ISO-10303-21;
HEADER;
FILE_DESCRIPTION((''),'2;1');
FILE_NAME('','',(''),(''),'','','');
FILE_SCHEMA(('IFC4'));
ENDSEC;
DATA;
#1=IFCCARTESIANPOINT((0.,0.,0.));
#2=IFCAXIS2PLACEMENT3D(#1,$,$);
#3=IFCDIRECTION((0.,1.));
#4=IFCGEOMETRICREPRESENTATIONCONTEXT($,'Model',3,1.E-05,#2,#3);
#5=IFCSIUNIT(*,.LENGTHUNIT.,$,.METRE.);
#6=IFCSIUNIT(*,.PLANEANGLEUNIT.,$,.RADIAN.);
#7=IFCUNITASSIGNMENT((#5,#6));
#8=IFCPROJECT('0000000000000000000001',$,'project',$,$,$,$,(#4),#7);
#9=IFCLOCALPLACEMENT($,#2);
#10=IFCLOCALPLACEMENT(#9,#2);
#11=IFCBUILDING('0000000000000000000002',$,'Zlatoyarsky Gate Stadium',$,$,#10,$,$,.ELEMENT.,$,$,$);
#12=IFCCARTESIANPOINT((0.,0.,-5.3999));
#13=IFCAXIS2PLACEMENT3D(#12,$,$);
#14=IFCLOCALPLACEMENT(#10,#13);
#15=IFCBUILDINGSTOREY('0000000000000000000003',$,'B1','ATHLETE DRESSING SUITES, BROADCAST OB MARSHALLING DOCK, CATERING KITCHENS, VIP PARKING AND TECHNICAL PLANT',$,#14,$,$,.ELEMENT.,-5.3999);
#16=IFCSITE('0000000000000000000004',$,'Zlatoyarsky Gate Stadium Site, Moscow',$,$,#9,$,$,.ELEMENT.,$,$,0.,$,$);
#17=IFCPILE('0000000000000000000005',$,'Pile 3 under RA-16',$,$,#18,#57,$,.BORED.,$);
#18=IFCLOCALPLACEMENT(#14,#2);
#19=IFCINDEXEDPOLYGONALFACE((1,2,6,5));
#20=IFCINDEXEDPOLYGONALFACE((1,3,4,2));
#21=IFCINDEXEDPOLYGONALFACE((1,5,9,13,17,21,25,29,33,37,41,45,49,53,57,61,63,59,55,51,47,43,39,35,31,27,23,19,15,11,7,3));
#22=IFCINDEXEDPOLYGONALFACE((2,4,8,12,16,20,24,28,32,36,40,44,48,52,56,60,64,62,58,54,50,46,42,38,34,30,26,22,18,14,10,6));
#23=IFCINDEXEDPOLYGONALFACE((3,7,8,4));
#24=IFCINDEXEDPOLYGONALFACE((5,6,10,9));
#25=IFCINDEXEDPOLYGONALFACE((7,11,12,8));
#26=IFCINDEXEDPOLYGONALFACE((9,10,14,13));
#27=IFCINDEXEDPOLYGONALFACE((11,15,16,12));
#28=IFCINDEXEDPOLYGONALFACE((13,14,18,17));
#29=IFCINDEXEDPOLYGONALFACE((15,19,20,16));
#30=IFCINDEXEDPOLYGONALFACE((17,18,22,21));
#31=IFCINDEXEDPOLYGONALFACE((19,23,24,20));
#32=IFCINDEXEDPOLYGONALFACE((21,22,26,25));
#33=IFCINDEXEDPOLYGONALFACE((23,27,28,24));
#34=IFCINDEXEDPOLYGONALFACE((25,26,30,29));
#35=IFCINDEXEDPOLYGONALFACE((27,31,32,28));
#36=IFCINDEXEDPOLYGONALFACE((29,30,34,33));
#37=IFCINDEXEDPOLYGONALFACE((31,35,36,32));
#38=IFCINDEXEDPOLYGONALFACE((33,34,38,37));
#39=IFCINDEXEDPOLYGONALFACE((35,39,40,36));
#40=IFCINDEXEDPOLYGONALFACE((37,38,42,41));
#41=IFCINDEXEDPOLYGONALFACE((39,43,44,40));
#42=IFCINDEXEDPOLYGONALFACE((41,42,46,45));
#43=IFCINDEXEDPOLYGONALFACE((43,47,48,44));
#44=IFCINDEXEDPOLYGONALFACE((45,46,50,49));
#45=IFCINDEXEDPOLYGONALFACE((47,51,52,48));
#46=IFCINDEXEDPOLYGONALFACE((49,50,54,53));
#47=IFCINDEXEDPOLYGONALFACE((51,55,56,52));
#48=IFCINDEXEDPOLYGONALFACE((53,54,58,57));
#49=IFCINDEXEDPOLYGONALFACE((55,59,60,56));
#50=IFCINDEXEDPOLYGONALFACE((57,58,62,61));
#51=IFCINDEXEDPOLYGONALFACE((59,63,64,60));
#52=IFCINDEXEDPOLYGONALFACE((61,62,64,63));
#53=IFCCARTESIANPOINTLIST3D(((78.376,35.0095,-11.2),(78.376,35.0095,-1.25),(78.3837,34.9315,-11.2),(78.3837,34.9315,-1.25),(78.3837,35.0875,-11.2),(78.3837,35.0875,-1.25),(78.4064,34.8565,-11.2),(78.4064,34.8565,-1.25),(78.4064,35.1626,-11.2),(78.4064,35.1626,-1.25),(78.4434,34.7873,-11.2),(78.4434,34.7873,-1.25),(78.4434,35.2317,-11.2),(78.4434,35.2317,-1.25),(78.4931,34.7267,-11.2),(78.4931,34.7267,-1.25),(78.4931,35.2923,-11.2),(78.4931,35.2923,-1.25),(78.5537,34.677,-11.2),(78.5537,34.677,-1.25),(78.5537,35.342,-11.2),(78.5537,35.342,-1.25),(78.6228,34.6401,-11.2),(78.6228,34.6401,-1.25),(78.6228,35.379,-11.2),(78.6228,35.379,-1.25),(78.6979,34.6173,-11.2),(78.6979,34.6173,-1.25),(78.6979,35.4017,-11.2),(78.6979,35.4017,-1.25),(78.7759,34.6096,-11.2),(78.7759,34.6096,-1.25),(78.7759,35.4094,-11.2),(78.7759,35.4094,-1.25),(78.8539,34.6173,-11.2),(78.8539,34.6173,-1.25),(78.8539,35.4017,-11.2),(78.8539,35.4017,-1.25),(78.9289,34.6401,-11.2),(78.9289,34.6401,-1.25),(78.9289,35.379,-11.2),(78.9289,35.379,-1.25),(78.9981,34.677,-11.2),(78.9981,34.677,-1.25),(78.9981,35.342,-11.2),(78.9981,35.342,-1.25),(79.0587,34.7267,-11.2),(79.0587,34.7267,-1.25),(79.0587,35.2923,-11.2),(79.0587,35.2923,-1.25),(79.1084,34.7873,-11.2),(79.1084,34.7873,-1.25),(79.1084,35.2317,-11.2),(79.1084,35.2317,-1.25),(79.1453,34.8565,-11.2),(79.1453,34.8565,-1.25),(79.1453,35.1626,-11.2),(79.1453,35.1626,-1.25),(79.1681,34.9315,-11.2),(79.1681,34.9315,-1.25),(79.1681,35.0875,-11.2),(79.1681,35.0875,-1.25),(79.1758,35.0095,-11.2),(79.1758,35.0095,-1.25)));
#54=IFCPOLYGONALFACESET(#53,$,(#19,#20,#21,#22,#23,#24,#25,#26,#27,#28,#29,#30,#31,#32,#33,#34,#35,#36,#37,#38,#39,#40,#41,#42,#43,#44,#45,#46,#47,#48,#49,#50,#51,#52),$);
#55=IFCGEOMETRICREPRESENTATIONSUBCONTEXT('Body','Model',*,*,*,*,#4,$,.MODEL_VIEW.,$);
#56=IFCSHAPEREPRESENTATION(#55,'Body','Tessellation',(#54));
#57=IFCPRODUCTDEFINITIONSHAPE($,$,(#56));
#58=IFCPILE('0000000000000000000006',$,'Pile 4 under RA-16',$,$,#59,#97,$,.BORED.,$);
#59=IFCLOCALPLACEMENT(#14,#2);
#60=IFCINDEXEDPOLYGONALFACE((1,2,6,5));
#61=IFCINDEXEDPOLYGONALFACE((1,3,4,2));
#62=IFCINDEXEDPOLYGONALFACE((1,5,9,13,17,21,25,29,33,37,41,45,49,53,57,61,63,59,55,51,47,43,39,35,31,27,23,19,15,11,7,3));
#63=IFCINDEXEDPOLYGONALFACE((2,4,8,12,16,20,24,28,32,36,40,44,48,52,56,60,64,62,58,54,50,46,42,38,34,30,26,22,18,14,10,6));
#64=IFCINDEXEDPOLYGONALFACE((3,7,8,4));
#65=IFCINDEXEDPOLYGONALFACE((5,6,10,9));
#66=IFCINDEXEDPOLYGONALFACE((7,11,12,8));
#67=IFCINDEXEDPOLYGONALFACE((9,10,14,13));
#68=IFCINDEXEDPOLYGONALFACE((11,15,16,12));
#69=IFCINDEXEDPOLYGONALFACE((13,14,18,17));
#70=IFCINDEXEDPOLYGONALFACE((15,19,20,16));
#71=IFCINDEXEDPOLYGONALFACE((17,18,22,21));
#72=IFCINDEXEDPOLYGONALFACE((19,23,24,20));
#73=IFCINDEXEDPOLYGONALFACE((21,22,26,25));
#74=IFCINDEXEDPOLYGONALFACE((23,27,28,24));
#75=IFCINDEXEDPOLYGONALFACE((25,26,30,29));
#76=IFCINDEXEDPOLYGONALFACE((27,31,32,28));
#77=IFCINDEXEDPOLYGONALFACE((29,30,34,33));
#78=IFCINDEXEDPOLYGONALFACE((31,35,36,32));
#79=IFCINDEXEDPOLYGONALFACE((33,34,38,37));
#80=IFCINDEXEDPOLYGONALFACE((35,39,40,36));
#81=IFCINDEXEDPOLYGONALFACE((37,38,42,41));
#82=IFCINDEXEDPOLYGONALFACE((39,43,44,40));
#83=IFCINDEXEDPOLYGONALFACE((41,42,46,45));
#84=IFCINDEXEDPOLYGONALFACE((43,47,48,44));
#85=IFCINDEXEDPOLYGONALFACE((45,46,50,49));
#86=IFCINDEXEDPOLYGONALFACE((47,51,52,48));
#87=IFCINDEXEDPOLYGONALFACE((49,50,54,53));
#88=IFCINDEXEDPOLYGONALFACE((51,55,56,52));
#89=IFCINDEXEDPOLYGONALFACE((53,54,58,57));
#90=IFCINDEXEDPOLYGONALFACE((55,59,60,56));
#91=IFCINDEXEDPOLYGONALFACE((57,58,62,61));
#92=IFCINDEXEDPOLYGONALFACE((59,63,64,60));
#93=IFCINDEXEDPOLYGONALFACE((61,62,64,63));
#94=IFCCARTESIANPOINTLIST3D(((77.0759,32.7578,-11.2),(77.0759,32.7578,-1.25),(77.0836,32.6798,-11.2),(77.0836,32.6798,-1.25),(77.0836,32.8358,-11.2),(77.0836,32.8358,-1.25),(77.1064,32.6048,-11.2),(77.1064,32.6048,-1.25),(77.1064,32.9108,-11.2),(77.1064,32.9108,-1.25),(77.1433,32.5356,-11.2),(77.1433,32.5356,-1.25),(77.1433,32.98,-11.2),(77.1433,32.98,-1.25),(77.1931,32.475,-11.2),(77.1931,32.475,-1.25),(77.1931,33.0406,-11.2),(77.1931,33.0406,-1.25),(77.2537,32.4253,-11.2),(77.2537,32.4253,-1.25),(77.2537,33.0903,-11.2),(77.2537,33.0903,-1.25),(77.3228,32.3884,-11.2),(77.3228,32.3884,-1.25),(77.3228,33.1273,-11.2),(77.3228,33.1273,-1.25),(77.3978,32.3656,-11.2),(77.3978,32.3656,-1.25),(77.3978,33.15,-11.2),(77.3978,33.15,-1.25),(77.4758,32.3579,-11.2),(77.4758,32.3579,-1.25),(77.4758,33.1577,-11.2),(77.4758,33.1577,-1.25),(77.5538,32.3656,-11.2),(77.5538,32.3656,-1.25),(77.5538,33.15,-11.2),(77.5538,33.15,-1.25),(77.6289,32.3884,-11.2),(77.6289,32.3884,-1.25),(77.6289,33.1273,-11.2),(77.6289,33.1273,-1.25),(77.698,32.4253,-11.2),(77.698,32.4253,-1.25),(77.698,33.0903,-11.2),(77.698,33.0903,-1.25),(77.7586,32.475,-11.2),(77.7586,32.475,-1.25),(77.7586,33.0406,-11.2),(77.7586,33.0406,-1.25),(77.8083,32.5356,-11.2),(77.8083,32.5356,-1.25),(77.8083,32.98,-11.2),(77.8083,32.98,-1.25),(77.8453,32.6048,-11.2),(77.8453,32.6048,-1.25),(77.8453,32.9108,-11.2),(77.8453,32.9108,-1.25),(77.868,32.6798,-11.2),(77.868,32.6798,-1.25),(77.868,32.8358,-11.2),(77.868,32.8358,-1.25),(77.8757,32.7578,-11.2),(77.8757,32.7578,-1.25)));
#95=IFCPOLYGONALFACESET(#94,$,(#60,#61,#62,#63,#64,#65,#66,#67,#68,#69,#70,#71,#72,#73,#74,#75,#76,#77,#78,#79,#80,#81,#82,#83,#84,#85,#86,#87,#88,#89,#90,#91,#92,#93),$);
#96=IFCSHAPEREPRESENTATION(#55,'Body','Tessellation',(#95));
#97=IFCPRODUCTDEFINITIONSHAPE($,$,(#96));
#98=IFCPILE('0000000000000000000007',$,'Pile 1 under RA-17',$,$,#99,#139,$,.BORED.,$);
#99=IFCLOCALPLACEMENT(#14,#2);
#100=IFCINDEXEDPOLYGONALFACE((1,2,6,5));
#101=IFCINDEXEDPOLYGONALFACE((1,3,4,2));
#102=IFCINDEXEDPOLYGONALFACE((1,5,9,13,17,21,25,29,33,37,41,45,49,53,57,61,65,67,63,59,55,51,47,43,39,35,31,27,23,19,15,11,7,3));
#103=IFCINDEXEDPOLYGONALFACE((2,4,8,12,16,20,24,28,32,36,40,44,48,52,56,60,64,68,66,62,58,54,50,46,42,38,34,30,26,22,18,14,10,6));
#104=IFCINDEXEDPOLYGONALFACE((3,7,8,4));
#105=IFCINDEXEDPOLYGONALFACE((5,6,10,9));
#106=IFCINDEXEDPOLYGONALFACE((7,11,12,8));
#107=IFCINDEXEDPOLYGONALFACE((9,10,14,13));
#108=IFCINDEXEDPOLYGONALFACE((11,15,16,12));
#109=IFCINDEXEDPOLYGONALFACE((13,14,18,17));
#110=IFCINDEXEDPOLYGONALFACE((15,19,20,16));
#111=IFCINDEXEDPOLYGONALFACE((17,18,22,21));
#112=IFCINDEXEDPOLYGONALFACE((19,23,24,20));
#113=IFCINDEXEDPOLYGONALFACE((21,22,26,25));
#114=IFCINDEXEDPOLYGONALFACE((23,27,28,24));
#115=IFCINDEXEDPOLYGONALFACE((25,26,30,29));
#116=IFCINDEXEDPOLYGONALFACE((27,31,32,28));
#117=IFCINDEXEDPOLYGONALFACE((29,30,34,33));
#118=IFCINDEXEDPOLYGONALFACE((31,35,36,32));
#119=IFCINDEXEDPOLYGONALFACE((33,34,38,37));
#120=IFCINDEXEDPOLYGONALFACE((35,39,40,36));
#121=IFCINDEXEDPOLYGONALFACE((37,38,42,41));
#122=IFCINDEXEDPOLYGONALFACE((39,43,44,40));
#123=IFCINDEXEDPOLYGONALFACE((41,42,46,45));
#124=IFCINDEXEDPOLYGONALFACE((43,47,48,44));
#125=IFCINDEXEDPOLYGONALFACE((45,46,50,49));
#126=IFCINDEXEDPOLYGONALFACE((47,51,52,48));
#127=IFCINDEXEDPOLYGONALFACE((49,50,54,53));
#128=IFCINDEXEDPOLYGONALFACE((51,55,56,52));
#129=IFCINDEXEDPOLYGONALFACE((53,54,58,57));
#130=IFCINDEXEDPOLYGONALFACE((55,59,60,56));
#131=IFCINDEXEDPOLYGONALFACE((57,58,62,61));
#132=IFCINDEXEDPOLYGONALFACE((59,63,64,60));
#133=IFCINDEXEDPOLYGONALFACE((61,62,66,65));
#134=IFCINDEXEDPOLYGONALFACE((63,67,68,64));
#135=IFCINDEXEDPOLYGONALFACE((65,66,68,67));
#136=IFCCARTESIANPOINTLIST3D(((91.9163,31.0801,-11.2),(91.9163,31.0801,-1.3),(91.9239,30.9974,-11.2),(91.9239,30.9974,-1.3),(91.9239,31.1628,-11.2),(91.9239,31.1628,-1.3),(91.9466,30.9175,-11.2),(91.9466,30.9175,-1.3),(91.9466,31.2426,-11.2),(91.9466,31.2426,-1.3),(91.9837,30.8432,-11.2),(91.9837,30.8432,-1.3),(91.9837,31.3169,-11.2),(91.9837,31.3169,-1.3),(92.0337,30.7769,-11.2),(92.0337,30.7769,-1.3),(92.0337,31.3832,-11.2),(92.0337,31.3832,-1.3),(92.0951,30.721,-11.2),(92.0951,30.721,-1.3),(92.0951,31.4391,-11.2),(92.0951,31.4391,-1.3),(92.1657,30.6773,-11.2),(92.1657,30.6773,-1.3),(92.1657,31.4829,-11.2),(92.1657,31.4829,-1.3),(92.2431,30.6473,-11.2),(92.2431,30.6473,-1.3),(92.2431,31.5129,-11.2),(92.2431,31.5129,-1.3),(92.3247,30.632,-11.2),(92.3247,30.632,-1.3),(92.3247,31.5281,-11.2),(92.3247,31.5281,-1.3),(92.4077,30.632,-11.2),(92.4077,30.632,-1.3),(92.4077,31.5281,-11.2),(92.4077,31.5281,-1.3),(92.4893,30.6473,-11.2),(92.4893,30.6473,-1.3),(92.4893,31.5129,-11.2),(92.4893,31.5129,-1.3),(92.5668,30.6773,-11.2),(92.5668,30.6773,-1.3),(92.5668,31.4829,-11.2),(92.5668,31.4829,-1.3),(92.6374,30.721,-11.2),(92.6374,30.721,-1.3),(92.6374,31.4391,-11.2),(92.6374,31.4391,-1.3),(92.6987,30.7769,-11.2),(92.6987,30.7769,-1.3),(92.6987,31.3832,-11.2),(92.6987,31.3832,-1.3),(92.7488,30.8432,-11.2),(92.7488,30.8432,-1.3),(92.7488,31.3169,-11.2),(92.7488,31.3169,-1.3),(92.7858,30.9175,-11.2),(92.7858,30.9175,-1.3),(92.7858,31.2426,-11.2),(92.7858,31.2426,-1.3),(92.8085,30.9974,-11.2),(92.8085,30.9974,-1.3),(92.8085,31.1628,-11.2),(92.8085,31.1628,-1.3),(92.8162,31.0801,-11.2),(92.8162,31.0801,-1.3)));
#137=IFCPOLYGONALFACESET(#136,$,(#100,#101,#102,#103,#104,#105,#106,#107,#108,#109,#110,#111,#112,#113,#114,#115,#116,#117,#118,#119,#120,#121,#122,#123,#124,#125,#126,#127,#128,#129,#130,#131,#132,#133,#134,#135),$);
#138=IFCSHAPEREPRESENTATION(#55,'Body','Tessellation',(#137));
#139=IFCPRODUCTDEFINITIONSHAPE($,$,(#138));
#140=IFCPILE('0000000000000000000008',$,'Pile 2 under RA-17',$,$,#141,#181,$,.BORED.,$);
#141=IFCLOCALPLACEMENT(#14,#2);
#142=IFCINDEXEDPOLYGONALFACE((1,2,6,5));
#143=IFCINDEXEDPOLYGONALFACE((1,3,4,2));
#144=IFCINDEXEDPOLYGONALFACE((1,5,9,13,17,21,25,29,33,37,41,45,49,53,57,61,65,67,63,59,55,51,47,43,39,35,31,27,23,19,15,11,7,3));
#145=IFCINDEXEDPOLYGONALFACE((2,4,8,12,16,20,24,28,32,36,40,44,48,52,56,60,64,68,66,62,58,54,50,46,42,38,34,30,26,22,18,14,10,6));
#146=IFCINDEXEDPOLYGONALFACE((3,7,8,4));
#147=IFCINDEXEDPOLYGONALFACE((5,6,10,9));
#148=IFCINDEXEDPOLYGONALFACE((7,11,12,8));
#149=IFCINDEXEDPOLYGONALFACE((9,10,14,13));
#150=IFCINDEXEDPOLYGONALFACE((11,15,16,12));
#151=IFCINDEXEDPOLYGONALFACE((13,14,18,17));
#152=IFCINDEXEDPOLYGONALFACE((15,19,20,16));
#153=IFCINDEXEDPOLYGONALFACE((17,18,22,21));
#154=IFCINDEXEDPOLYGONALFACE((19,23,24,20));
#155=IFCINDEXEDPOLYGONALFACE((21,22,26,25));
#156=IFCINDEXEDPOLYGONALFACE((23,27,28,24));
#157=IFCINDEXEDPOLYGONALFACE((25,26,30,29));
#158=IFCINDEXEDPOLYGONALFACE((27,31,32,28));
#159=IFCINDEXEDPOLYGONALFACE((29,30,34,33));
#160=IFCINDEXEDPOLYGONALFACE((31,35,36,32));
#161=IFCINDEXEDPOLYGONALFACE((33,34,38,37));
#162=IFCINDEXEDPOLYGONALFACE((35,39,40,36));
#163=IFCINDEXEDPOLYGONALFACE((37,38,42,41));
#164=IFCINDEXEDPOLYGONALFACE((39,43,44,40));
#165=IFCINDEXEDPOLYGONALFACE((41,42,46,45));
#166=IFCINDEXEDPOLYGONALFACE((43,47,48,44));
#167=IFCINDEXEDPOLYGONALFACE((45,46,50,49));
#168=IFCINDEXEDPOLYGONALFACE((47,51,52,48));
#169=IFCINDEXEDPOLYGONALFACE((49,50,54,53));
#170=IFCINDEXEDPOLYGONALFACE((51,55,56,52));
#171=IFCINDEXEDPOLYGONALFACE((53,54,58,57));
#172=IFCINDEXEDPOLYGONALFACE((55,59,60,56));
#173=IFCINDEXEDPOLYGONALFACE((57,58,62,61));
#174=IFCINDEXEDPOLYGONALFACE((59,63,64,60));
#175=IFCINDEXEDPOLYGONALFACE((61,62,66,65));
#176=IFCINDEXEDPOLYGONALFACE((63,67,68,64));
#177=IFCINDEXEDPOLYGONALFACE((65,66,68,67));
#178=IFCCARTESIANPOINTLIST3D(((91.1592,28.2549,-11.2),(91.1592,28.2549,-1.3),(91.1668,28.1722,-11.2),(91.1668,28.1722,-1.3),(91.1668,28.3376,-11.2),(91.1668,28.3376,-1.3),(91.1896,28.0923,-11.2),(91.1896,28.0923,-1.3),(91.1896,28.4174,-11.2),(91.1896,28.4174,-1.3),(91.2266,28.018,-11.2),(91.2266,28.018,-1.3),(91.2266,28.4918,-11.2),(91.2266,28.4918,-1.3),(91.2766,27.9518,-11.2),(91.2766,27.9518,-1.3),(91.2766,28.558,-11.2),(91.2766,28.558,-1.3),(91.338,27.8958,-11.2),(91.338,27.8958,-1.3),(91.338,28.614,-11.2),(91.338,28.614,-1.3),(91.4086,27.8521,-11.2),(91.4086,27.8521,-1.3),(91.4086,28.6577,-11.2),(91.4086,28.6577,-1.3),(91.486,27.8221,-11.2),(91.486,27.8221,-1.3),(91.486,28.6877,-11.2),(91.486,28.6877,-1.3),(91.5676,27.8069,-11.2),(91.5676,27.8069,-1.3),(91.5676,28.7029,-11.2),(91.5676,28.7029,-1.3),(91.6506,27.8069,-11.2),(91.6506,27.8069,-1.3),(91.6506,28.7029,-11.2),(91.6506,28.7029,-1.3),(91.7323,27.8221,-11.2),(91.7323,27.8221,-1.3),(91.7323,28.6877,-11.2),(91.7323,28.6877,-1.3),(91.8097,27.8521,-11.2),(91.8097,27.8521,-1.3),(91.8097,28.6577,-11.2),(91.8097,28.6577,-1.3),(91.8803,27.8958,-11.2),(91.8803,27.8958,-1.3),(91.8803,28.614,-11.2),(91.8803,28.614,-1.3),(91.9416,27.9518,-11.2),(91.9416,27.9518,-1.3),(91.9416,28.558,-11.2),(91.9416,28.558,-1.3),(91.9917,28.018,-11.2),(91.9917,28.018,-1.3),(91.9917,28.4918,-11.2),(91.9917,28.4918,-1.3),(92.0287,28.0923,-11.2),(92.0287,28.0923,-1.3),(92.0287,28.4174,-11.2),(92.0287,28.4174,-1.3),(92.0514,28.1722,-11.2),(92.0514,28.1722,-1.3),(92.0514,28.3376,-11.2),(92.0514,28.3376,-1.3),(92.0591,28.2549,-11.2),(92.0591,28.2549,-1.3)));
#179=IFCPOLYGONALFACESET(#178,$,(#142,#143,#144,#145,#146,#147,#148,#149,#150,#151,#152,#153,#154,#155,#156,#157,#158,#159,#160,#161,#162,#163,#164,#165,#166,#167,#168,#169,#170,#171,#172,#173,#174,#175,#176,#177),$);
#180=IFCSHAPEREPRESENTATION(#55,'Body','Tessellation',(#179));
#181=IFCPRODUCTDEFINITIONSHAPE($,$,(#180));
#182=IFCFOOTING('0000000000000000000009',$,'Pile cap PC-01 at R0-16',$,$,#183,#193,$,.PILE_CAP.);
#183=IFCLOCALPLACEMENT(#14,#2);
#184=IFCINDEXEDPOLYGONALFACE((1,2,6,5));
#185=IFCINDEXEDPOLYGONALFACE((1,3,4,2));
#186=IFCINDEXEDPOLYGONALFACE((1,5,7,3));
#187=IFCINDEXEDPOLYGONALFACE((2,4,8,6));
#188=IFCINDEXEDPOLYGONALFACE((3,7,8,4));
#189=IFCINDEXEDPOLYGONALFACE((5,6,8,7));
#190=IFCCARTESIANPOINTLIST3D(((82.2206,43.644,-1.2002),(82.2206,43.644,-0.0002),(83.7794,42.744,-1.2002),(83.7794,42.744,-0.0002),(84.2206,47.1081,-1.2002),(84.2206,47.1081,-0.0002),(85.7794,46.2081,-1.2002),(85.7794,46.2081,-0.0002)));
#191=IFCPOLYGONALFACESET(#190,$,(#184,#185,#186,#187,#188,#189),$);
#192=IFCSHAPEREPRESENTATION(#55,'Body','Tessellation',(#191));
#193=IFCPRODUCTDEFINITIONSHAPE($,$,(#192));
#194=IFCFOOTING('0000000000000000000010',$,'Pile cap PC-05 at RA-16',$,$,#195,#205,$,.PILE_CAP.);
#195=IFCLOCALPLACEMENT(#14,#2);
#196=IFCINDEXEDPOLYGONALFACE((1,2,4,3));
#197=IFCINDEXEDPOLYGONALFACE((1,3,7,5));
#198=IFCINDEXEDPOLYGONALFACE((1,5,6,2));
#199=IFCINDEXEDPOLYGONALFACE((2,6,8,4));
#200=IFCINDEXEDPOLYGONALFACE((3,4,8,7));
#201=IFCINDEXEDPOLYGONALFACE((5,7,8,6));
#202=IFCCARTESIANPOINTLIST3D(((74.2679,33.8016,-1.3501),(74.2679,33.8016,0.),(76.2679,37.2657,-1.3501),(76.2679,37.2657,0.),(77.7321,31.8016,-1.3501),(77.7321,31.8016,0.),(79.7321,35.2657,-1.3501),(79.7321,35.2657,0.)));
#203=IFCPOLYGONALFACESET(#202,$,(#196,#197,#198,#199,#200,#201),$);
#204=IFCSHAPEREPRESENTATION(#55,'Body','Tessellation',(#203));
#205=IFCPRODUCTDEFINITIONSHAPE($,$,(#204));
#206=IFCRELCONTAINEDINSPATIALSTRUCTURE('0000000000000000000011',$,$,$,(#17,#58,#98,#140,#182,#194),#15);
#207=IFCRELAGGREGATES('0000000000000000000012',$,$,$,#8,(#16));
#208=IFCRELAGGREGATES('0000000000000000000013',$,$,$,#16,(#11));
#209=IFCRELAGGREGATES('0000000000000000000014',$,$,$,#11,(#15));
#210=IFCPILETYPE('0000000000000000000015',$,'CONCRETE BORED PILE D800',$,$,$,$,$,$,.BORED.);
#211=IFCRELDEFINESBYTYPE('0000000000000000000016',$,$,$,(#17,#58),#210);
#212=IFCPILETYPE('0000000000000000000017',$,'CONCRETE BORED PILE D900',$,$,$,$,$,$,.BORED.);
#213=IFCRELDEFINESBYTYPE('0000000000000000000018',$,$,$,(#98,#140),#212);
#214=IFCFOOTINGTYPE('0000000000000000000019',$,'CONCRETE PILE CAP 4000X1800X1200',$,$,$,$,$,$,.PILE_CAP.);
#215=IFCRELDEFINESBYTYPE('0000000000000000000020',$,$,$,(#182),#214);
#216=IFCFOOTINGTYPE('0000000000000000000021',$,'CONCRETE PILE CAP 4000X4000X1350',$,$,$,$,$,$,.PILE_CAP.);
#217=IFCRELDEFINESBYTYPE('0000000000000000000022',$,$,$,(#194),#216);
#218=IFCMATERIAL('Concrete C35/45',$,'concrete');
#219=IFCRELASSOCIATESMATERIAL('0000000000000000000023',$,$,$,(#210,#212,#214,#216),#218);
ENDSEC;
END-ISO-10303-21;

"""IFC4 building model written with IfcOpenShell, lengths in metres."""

from ifc_helpers import new_model, si_unit, direction, frame, origin, origin_2d, place, context, subcontext, project, spatial, rectangle, circle, extrude, material, material_profile, profile_set, type_object, element, save


model = new_model("IFC4")

# Units and contexts
model_context = context("Model", 3, precision=1e-05, world=origin(), true_north=direction((0.0, 1.0)))
body_context = subcontext(model_context, "Body", "Model", "MODEL_VIEW")
ifc_project = project(units=[si_unit("LENGTHUNIT", "METRE"), si_unit("PLANEANGLEUNIT", "RADIAN")], contexts=[model_context])

# Site, building, storey
site_placement = place(None, origin())
site = spatial("IfcSite", under=ifc_project, at=site_placement, Name="Zlatoyarsky Gate Stadium Site, Moscow", CompositionType="ELEMENT", RefElevation=0.0)
building_placement = place(site_placement, origin())
building = spatial("IfcBuilding", under=site, at=building_placement, Name="Zlatoyarsky Gate Stadium", CompositionType="ELEMENT")
storey_placement = place(building_placement, frame((0.0, 0.0, -5.3999)))
storey = spatial("IfcBuildingStorey", under=building, at=storey_placement, Name="B1", Description="ATHLETE DRESSING SUITES, BROADCAST OB MARSHALLING DOCK, CATERING KITCHENS, VIP PARKING AND TECHNICAL PLANT", CompositionType="ELEMENT", Elevation=-5.3999)

# Piles
ifc_material_1 = material(Name="Concrete C35/45", Category="concrete")
ifc_material_profile_1 = material_profile(ifc_material_1, circle(Radius=0.3999, at=origin_2d()), Name="BORED PILE D800")
ifc_profile_set_1 = profile_set([ifc_material_profile_1], Name="Concrete C35/45")
pile_type_1 = type_object("IfcPileType", Name="CONCRETE BORED PILE D800", PredefinedType="BORED", material=ifc_profile_set_1)
for number, where, z_axis, x_axis, name in (
    (1, (78.7759, 35.0095, -1.25), (0.0, 0.0, -1.0), (1.0, 0.0, 0.0), "Pile 3 under RA-16"),
    (2, (77.4758, 32.7578, -1.25), (0.0, 0.0, -1.0), (1.0, 0.0, 0.0), "Pile 4 under RA-16"),
):
    element("IfcPile", number, at=place(storey_placement, frame(where, z_axis=z_axis, x_axis=x_axis)), inside=storey, type_object=pile_type_1, Name=name, PredefinedType="BORED", context=body_context, shape_type="SweptSolid", body=[
        extrude(circle(Radius=0.3999, at=origin_2d()), origin(), (0.0, 0.0, 1.0), 9.95),
    ])
ifc_material_profile_2 = material_profile(ifc_material_1, circle(Radius=0.45, at=origin_2d()), Name="BORED PILE D900")
ifc_profile_set_2 = profile_set([ifc_material_profile_2], Name="Concrete C35/45")
pile_type_2 = type_object("IfcPileType", Name="CONCRETE BORED PILE D900", PredefinedType="BORED", material=ifc_profile_set_2)
for number, where, z_axis, x_axis, name in (
    (3, (92.3662, 31.0801, -1.3), (0.0, 0.0, -1.0), (1.0, 0.0, 0.0), "Pile 1 under RA-17"),
    (4, (91.6091, 28.2549, -1.3), (0.0, 0.0, -1.0), (1.0, 0.0, 0.0), "Pile 2 under RA-17"),
):
    element("IfcPile", number, at=place(storey_placement, frame(where, z_axis=z_axis, x_axis=x_axis)), inside=storey, type_object=pile_type_2, Name=name, PredefinedType="BORED", context=body_context, shape_type="SweptSolid", body=[
        extrude(circle(Radius=0.45, at=origin_2d()), origin(), (0.0, 0.0, 1.0), 9.8999),
    ])

# Footings
footing_type_1 = type_object("IfcFootingType", Name="CONCRETE PILE CAP 4000X1800X1200", PredefinedType="PILE_CAP", material=ifc_material_1)
footing_1_placement = place(storey_placement, frame((84.0, 44.926, -1.2002), z_axis=(0.0, 0.0, 1.0), x_axis=(-0.5, -0.866025, 0.0)))
element("IfcFooting", 5, at=footing_1_placement, inside=storey, type_object=footing_type_1, Name="Pile cap PC-01 at R0-16", PredefinedType="PILE_CAP", context=body_context, shape_type="SweptSolid", body=[
    extrude(rectangle(XDim=4.0, YDim=1.8, at=origin_2d()), origin(), (0.0, 0.0, 1.0), 1.2),
])
footing_type_2 = type_object("IfcFootingType", Name="CONCRETE PILE CAP 4000X4000X1350", PredefinedType="PILE_CAP", material=ifc_material_1)
footing_2_placement = place(storey_placement, frame((77.0, 34.5337, -1.3501), z_axis=(0.0, 0.0, 1.0), x_axis=(-0.5, -0.866025, 0.0)))
element("IfcFooting", 6, at=footing_2_placement, inside=storey, type_object=footing_type_2, Name="Pile cap PC-05 at RA-16", PredefinedType="PILE_CAP", context=body_context, shape_type="SweptSolid", body=[
    extrude(rectangle(XDim=4.0, YDim=4.0, at=origin_2d()), origin(), (0.0, 0.0, 1.0), 1.3501),
])

save(model, "model.ifc")
